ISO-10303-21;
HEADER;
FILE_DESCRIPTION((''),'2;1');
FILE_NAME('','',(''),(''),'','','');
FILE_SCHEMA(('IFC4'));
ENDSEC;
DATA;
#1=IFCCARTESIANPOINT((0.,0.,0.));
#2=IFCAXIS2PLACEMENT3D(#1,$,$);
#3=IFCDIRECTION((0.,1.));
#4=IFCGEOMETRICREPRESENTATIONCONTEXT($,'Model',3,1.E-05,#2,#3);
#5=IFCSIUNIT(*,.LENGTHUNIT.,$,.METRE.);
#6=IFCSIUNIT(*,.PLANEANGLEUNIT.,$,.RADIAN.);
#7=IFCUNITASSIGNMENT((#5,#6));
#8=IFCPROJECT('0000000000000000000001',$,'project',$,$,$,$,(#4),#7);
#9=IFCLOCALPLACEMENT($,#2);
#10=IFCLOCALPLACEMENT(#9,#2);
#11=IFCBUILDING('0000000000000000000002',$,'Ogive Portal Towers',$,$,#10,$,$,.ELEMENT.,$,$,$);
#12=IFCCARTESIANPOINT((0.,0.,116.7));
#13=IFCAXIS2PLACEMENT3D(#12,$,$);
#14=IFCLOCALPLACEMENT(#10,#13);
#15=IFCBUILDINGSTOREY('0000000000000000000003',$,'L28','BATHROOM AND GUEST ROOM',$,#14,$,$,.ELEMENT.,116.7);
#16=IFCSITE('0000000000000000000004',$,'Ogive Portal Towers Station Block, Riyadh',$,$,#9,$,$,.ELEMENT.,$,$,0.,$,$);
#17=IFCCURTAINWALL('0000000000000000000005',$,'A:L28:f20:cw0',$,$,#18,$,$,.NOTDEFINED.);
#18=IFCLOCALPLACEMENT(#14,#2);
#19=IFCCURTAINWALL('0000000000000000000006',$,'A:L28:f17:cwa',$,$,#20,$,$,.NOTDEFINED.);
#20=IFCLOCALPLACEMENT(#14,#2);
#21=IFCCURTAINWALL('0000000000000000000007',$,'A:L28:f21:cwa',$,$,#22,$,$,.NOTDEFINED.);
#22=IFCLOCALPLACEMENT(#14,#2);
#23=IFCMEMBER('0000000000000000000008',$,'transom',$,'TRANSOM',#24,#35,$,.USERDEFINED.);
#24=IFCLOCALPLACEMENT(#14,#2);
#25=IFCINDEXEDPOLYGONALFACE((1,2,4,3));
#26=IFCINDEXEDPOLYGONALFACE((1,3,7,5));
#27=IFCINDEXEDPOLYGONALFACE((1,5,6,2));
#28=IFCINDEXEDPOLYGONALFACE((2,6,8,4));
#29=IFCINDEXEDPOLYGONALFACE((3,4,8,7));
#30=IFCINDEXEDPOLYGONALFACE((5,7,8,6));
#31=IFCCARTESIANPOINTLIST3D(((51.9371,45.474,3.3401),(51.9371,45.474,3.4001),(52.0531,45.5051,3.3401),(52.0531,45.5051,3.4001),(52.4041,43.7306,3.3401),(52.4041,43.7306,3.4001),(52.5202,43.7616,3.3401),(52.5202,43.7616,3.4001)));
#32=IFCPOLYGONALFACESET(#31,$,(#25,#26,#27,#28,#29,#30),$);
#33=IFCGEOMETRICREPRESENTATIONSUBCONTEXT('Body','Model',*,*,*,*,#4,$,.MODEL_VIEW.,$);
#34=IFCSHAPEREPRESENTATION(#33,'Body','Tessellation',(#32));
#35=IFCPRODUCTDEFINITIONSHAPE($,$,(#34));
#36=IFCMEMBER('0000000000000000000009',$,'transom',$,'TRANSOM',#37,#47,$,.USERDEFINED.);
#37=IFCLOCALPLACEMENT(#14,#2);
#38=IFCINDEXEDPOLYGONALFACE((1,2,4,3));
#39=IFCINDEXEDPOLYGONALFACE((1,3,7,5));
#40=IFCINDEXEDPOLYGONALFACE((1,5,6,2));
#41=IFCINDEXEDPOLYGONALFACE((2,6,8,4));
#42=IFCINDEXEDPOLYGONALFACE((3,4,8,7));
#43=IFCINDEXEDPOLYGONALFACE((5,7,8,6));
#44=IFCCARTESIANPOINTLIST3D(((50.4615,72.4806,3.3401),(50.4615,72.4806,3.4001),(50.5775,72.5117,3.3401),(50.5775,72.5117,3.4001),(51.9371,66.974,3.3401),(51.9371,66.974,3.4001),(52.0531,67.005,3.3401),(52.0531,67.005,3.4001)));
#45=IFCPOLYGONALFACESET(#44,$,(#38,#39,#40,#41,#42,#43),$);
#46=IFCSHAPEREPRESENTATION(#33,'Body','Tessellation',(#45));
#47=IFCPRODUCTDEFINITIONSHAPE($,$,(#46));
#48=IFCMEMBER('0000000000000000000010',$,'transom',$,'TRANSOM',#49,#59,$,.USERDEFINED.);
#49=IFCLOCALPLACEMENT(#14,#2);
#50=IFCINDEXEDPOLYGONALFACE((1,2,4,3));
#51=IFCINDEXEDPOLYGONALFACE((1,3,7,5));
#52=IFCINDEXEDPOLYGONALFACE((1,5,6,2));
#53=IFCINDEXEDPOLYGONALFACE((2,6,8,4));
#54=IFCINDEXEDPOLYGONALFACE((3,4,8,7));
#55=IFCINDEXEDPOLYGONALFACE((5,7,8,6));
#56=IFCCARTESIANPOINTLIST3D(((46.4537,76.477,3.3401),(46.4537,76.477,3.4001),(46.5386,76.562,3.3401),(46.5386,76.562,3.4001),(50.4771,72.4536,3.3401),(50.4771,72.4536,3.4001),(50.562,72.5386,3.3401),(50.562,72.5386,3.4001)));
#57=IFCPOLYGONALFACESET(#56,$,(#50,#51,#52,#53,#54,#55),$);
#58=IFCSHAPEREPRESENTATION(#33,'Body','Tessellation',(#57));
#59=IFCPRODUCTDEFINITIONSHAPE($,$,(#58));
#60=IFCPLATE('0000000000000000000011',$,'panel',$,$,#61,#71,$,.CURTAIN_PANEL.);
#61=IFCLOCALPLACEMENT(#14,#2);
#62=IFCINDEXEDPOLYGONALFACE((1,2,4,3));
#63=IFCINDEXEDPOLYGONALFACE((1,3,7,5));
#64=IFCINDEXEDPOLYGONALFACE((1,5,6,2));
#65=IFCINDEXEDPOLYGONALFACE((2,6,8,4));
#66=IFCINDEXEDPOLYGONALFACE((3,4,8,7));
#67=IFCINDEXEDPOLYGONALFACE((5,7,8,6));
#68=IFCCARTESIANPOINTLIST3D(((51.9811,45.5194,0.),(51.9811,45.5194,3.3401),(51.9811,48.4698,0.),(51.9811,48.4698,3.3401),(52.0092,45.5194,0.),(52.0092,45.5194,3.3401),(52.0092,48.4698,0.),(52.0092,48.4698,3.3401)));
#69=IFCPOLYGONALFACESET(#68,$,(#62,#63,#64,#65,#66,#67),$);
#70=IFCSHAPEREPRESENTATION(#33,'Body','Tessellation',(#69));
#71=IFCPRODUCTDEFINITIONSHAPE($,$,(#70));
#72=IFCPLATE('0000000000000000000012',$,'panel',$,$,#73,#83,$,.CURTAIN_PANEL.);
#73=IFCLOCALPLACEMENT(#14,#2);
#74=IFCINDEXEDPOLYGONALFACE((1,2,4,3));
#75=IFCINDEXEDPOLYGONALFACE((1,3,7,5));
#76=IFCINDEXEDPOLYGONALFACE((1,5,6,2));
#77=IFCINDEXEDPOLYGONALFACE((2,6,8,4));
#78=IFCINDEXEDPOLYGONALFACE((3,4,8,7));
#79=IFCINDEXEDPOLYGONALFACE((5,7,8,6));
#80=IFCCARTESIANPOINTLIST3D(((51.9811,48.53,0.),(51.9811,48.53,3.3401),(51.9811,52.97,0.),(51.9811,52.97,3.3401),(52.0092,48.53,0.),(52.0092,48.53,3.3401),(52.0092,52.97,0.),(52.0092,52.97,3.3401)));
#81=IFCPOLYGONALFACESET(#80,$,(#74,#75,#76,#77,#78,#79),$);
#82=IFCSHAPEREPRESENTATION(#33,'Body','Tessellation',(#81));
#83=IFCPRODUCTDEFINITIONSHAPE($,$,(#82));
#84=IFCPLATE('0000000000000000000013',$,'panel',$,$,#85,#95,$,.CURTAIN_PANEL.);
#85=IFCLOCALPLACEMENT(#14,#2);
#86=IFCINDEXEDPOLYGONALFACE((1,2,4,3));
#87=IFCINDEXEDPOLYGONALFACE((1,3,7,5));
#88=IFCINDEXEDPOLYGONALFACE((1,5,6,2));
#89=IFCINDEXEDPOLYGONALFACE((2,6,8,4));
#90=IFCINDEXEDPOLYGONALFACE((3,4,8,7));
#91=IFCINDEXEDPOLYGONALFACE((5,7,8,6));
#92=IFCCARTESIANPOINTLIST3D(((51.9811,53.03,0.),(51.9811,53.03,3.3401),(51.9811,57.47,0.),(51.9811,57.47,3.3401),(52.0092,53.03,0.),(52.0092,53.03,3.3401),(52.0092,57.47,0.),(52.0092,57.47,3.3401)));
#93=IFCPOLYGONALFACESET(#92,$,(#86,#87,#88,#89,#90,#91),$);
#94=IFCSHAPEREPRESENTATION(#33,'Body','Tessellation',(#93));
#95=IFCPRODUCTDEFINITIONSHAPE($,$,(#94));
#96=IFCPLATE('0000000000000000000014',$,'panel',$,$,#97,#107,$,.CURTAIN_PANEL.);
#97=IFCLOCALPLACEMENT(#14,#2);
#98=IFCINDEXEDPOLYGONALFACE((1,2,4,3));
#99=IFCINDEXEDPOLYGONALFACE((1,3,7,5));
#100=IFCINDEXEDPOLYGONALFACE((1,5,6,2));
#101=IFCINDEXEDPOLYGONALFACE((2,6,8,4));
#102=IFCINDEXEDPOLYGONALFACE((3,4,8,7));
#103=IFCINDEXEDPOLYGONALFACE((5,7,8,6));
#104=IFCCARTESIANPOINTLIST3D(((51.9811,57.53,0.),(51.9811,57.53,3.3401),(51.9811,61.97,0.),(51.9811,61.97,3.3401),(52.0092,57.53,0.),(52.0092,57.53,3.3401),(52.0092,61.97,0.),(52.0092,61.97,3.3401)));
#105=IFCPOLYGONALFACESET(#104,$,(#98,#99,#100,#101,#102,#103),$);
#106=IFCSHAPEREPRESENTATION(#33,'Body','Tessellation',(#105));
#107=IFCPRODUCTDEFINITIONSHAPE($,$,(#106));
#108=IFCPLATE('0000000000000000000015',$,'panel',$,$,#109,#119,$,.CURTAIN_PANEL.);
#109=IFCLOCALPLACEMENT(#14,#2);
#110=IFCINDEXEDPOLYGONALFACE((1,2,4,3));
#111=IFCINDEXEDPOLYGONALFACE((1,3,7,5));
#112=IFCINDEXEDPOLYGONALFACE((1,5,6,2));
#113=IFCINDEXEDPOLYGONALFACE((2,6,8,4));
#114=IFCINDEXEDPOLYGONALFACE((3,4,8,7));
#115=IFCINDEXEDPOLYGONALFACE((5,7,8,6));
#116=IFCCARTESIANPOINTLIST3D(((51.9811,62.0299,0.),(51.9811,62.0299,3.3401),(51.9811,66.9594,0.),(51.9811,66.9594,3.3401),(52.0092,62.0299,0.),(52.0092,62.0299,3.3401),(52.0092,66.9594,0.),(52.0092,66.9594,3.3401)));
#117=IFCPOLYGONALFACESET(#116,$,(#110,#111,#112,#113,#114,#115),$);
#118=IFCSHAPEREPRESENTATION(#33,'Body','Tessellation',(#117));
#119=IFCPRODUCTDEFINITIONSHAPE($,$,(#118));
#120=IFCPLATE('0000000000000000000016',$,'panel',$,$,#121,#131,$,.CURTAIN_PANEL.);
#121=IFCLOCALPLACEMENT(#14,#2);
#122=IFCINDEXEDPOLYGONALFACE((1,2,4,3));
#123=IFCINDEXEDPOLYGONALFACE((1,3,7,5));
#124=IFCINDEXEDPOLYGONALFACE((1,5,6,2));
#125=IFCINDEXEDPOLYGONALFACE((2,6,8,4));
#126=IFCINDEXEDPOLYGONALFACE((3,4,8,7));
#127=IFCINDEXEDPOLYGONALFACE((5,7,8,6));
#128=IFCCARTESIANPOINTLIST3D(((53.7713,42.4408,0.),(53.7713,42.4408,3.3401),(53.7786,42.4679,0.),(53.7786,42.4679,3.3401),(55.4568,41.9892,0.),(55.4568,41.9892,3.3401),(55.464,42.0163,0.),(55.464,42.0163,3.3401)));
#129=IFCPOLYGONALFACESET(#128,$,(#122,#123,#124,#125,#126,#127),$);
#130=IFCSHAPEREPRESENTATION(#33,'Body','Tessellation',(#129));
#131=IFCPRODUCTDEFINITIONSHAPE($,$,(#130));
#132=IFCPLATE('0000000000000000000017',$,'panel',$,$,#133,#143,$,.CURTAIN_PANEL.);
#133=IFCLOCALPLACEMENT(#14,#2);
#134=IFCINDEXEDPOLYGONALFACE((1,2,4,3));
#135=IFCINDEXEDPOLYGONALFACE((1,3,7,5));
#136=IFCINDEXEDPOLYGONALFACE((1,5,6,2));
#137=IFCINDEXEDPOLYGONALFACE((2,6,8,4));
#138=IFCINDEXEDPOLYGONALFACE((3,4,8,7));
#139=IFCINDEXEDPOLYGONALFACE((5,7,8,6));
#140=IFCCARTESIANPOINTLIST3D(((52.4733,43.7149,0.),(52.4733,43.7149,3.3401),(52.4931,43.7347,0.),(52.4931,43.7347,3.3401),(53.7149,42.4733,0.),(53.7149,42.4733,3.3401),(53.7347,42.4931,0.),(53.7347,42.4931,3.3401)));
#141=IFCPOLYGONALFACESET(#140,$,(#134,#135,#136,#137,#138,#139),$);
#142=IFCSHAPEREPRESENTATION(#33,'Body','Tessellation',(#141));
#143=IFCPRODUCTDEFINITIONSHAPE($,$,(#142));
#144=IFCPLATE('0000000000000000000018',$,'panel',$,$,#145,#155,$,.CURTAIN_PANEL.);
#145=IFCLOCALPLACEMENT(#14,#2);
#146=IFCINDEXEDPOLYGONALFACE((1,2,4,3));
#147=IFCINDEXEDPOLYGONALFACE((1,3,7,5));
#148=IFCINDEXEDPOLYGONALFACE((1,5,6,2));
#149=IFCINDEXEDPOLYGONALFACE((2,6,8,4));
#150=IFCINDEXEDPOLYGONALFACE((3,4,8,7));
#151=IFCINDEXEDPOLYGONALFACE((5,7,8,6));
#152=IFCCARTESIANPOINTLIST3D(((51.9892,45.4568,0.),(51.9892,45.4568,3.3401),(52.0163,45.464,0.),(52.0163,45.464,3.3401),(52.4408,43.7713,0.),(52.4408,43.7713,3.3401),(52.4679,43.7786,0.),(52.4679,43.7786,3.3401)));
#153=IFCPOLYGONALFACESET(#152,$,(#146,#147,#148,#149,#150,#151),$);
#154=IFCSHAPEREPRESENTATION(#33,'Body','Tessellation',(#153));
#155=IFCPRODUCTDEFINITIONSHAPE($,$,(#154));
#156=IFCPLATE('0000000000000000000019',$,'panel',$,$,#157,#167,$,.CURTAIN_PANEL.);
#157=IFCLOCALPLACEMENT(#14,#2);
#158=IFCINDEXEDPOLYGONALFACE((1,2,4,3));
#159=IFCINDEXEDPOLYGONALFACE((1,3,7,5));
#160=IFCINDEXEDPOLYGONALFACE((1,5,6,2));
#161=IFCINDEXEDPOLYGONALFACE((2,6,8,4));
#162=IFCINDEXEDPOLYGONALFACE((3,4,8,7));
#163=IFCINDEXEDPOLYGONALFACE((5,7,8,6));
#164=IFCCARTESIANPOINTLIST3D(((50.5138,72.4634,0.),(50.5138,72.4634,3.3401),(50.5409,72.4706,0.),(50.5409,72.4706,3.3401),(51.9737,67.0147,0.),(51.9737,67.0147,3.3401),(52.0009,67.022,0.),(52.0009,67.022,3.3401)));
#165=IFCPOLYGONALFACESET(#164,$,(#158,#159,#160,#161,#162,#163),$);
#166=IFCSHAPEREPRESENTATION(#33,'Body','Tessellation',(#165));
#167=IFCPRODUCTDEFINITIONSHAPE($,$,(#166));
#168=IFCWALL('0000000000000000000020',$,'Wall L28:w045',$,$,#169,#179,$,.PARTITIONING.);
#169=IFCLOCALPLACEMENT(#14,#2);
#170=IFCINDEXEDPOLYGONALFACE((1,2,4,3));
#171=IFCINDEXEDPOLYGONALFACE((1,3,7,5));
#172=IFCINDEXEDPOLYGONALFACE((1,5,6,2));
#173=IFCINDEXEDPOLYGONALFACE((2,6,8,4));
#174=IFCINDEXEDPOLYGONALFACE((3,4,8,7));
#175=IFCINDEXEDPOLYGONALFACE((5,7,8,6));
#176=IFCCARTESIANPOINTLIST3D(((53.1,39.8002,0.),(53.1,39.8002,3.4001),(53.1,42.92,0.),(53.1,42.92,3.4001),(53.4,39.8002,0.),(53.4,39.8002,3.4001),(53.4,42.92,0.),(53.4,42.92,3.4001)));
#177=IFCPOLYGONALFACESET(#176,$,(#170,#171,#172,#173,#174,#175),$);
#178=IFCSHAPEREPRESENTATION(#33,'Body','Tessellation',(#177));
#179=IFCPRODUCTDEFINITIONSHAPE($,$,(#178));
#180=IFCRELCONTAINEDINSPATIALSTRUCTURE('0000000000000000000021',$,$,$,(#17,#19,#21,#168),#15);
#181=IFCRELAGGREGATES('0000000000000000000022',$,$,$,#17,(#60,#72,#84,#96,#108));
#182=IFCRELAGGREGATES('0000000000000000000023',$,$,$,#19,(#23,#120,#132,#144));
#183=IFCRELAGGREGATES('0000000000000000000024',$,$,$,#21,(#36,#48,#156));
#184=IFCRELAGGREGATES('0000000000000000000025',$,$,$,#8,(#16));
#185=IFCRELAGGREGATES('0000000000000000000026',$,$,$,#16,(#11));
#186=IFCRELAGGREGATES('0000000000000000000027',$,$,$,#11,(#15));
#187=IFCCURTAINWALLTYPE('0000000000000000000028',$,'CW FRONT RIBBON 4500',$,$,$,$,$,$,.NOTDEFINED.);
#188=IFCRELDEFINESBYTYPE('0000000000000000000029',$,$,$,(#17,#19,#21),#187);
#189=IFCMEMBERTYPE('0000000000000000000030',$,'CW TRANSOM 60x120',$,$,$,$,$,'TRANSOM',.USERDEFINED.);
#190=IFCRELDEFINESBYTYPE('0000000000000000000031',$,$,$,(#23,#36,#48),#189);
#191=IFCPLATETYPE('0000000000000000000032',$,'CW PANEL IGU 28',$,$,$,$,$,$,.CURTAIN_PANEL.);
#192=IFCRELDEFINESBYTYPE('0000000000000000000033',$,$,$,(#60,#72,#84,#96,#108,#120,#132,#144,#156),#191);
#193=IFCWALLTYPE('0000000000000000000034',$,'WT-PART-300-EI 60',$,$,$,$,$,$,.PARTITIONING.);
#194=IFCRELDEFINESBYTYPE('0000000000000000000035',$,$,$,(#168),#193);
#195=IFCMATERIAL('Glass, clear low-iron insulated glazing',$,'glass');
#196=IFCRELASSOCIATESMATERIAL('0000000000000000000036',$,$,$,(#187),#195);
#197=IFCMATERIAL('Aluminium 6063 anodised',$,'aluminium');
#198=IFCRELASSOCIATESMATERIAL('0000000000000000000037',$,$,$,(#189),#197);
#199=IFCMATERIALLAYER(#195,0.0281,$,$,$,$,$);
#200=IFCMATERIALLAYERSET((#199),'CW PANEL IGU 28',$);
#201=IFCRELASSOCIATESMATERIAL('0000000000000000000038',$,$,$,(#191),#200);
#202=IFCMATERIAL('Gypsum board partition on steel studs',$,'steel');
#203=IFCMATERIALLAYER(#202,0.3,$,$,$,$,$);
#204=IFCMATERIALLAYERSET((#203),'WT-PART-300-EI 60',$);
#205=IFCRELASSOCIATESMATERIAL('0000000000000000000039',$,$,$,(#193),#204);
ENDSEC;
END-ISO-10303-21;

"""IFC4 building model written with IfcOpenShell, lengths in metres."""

from ifc_helpers import new_model, si_unit, direction, frame, frame_2d, origin, origin_2d, place, context, subcontext, project, spatial, rectangle, extrude, material, layer, layer_set, material_profile, profile_set, type_object, element, aggregate, save


model = new_model("IFC4")

# Units and contexts
model_context = context("Model", 3, precision=1e-05, world=origin(), true_north=direction((0.0, 1.0)))
body_context = subcontext(model_context, "Body", "Model", "MODEL_VIEW")
ifc_project = project(units=[si_unit("LENGTHUNIT", "METRE"), si_unit("PLANEANGLEUNIT", "RADIAN")], contexts=[model_context])

# Site, building, storey
site_placement = place(None, origin())
site = spatial("IfcSite", under=ifc_project, at=site_placement, Name="Ogive Portal Towers Station Block, Riyadh", CompositionType="ELEMENT", RefElevation=0.0)
building_placement = place(site_placement, origin())
building = spatial("IfcBuilding", under=site, at=building_placement, Name="Ogive Portal Towers", CompositionType="ELEMENT")
storey_placement = place(building_placement, frame((0.0, 0.0, 116.7)))
storey = spatial("IfcBuildingStorey", under=building, at=storey_placement, Name="L28", Description="BATHROOM AND GUEST ROOM", CompositionType="ELEMENT", Elevation=116.7)

# Shared definitions
ifc_material_1 = material(Name="Glass, clear low-iron insulated glazing", Category="glass")
curtain_wall_type = type_object("IfcCurtainWallType", Name="CW FRONT RIBBON 4500", PredefinedType="NOTDEFINED", material=ifc_material_1)
ifc_material_2 = material(Name="Aluminium 6063 anodised", Category="aluminium")

# Curtain walls
curtain_wall_1_placement = place(storey_placement, origin())
curtain_wall_1 = element("IfcCurtainWall", 1, at=curtain_wall_1_placement, inside=storey, type_object=curtain_wall_type, Name="A:L28:f20:cw0", PredefinedType="NOTDEFINED")
curtain_wall_2_placement = place(storey_placement, origin())
curtain_wall_2 = element("IfcCurtainWall", 2, at=curtain_wall_2_placement, inside=storey, type_object=curtain_wall_type, Name="A:L28:f17:cwa", PredefinedType="NOTDEFINED")

# Curtain wall
curtain_wall_3_placement = place(storey_placement, origin())
curtain_wall_3 = element("IfcCurtainWall", 3, at=curtain_wall_3_placement, inside=storey, type_object=curtain_wall_type, Name="A:L28:f21:cwa", PredefinedType="NOTDEFINED")

# Members
ifc_material_profile_1 = material_profile(ifc_material_2, rectangle(XDim=0.1201, YDim=0.0601, at=origin_2d()), Name="AL 120x60")
ifc_profile_set_1 = profile_set([ifc_material_profile_1], Name="Aluminium 6063 anodised")
member_type_1 = type_object("IfcMemberType", Name="CW TRANSOM 60x120", ElementType="TRANSOM", PredefinedType="USERDEFINED", material=ifc_profile_set_1)
member_1_placement = place(storey_placement, frame((52.4622, 43.7461, 3.3701), z_axis=(-0.258765, 0.96594, 0.0), x_axis=(-0.96594, -0.258765, 0.0)))
member_1 = element("IfcMember", 4, at=member_1_placement, type_object=member_type_1, Name="transom", ObjectType="TRANSOM", PredefinedType="USERDEFINED", context=body_context, shape_type="SweptSolid", body=[
    extrude(rectangle(XDim=0.1201, YDim=0.0601, at=origin_2d()), origin(), (0.0, 0.0, 1.0), 1.8049),
])
member_2_placement = place(storey_placement, frame((51.9951, 66.9895, 3.3701), z_axis=(-0.258835, 0.965921, 0.0), x_axis=(-0.965921, -0.258835, 0.0)))
member_2 = element("IfcMember", 5, at=member_2_placement, type_object=member_type_1, Name="transom", ObjectType="TRANSOM", PredefinedType="USERDEFINED", context=body_context, shape_type="SweptSolid", body=[
    extrude(rectangle(XDim=0.1201, YDim=0.0601, at=origin_2d()), origin(), (0.0, 0.0, 1.0), 5.7009),
])
member_3_placement = place(storey_placement, frame((50.5195, 72.4961, 3.3701), z_axis=(-0.707107, 0.707107, 0.0), x_axis=(-0.707107, -0.707107, 0.0)))
member_3 = element("IfcMember", 6, at=member_3_placement, type_object=member_type_1, Name="transom", ObjectType="TRANSOM", PredefinedType="USERDEFINED", context=body_context, shape_type="SweptSolid", body=[
    extrude(rectangle(XDim=0.1201, YDim=0.0601, at=origin_2d()), origin(), (0.0, 0.0, 1.0), 5.6899),
])

# Plates
ifc_layer_1 = layer(ifc_material_1, 0.0281)
ifc_layer_set_1 = layer_set([ifc_layer_1], Name="CW PANEL IGU 28")
plate_type = type_object("IfcPlateType", Name="CW PANEL IGU 28", PredefinedType="CURTAIN_PANEL", material=ifc_layer_set_1)
plate_1_placement = place(storey_placement, frame((51.9951, 46.9946, 0.0), z_axis=(0.0, 0.0, 1.0), x_axis=(0.0, 1.0, 0.0)))
plate_1 = element("IfcPlate", 7, at=plate_1_placement, type_object=plate_type, Name="panel", PredefinedType="CURTAIN_PANEL", context=body_context, shape_type="SweptSolid", body=[
    extrude(rectangle(XDim=2.9504, YDim=0.0281, at=origin_2d()), origin(), (0.0, 0.0, 1.0), 3.3401),
])
plate_2_placement = place(storey_placement, frame((51.9951, 50.75, 0.0), z_axis=(0.0, 0.0, 1.0), x_axis=(0.0, 1.0, 0.0)))
plate_2 = element("IfcPlate", 8, at=plate_2_placement, type_object=plate_type, Name="panel", PredefinedType="CURTAIN_PANEL", context=body_context, shape_type="SweptSolid", body=[
    extrude(rectangle(XDim=4.4399, YDim=0.0281, at=origin_2d()), origin(), (0.0, 0.0, 1.0), 3.3401),
])
plate_3_placement = place(storey_placement, frame((51.9951, 55.25, 0.0), z_axis=(0.0, 0.0, 1.0), x_axis=(0.0, 1.0, 0.0)))
plate_3 = element("IfcPlate", 9, at=plate_3_placement, type_object=plate_type, Name="panel", PredefinedType="CURTAIN_PANEL", context=body_context, shape_type="SweptSolid", body=[
    extrude(rectangle(XDim=4.4399, YDim=0.0281, at=origin_2d()), origin(), (0.0, 0.0, 1.0), 3.3401),
])
plate_4_placement = place(storey_placement, frame((51.9951, 59.75, 0.0), z_axis=(0.0, 0.0, 1.0), x_axis=(0.0, 1.0, 0.0)))
plate_4 = element("IfcPlate", 10, at=plate_4_placement, type_object=plate_type, Name="panel", PredefinedType="CURTAIN_PANEL", context=body_context, shape_type="SweptSolid", body=[
    extrude(rectangle(XDim=4.4399, YDim=0.0281, at=origin_2d()), origin(), (0.0, 0.0, 1.0), 3.3401),
])
plate_5_placement = place(storey_placement, frame((51.9951, 64.4946, 0.0), z_axis=(0.0, 0.0, 1.0), x_axis=(0.0, 1.0, 0.0)))
plate_5 = element("IfcPlate", 11, at=plate_5_placement, type_object=plate_type, Name="panel", PredefinedType="CURTAIN_PANEL", context=body_context, shape_type="SweptSolid", body=[
    extrude(rectangle(XDim=4.9294, YDim=0.0281, at=origin_2d()), origin(), (0.0, 0.0, 1.0), 3.3401),
])
aggregate(curtain_wall_1, [plate_1, plate_2, plate_3, plate_4, plate_5])
plate_6_placement = place(storey_placement, frame((54.6177, 42.2285, 0.0), z_axis=(0.0, 0.0, 1.0), x_axis=(-0.965926, 0.258819, 0.0)))
plate_6 = element("IfcPlate", 12, at=plate_6_placement, type_object=plate_type, Name="panel", PredefinedType="CURTAIN_PANEL", context=body_context, shape_type="SweptSolid", body=[
    extrude(rectangle(XDim=1.7449, YDim=0.0281, at=origin_2d()), origin(), (0.0, 0.0, 1.0), 3.3401),
])
plate_7_placement = place(storey_placement, frame((53.104, 43.104, 0.0), z_axis=(0.0, 0.0, 1.0), x_axis=(-0.707107, 0.707107, 0.0)))
plate_7 = element("IfcPlate", 13, at=plate_7_placement, type_object=plate_type, Name="panel", PredefinedType="CURTAIN_PANEL", context=body_context, shape_type="SweptSolid", body=[
    extrude(rectangle(XDim=1.7559, YDim=0.0281, at=origin_2d()), origin(), (0.0, 0.0, 1.0), 3.3401),
])
plate_8_placement = place(storey_placement, frame((52.2285, 44.6177, 0.0), z_axis=(0.0, 0.0, 1.0), x_axis=(-0.258819, 0.965926, 0.0)))
plate_8 = element("IfcPlate", 14, at=plate_8_placement, type_object=plate_type, Name="panel", PredefinedType="CURTAIN_PANEL", context=body_context, shape_type="SweptSolid", body=[
    extrude(rectangle(XDim=1.7449, YDim=0.0281, at=origin_2d()), origin(), (0.0, 0.0, 1.0), 3.3401),
])
aggregate(curtain_wall_2, [member_1, plate_6, plate_7, plate_8])
plate_9_placement = place(storey_placement, frame((51.2573, 69.7427, 0.0), z_axis=(0.0, 0.0, 1.0), x_axis=(-0.258819, 0.965926, 0.0)))
plate_9 = element("IfcPlate", 15, at=plate_9_placement, type_object=plate_type, Name="panel", PredefinedType="CURTAIN_PANEL", context=body_context, shape_type="SweptSolid", body=[
    extrude(rectangle(XDim=5.6409, YDim=0.0281, at=origin_2d()), origin(), (0.0, 0.0, 1.0), 3.3401),
])
aggregate(curtain_wall_3, [member_2, member_3, plate_9])

# Wall
ifc_material_3 = material(Name="Gypsum board partition on steel studs", Category="steel")
ifc_layer_2 = layer(ifc_material_3, 0.3)
ifc_layer_set_2 = layer_set([ifc_layer_2], Name="WT-PART-300-EI 60")
wall_type_1 = type_object("IfcWallType", Name="WT-PART-300-EI 60", PredefinedType="PARTITIONING", material=ifc_layer_set_2)
wall_1_placement = place(storey_placement, frame((53.25, 39.8, 0.0), z_axis=(0.0, 0.0, 1.0), x_axis=(0.0, 1.0, 0.0)))
element("IfcWall", 16, at=wall_1_placement, inside=storey, type_object=wall_type_1, Name="Wall L28:w045", PredefinedType="PARTITIONING", context=body_context, shape_type="SweptSolid", body=[
    extrude(rectangle(XDim=3.1199, YDim=0.3, at=frame_2d((1.5601, 0.0))), origin(), (0.0, 0.0, 1.0), 3.4001),
])

save(model, "model.ifc")
